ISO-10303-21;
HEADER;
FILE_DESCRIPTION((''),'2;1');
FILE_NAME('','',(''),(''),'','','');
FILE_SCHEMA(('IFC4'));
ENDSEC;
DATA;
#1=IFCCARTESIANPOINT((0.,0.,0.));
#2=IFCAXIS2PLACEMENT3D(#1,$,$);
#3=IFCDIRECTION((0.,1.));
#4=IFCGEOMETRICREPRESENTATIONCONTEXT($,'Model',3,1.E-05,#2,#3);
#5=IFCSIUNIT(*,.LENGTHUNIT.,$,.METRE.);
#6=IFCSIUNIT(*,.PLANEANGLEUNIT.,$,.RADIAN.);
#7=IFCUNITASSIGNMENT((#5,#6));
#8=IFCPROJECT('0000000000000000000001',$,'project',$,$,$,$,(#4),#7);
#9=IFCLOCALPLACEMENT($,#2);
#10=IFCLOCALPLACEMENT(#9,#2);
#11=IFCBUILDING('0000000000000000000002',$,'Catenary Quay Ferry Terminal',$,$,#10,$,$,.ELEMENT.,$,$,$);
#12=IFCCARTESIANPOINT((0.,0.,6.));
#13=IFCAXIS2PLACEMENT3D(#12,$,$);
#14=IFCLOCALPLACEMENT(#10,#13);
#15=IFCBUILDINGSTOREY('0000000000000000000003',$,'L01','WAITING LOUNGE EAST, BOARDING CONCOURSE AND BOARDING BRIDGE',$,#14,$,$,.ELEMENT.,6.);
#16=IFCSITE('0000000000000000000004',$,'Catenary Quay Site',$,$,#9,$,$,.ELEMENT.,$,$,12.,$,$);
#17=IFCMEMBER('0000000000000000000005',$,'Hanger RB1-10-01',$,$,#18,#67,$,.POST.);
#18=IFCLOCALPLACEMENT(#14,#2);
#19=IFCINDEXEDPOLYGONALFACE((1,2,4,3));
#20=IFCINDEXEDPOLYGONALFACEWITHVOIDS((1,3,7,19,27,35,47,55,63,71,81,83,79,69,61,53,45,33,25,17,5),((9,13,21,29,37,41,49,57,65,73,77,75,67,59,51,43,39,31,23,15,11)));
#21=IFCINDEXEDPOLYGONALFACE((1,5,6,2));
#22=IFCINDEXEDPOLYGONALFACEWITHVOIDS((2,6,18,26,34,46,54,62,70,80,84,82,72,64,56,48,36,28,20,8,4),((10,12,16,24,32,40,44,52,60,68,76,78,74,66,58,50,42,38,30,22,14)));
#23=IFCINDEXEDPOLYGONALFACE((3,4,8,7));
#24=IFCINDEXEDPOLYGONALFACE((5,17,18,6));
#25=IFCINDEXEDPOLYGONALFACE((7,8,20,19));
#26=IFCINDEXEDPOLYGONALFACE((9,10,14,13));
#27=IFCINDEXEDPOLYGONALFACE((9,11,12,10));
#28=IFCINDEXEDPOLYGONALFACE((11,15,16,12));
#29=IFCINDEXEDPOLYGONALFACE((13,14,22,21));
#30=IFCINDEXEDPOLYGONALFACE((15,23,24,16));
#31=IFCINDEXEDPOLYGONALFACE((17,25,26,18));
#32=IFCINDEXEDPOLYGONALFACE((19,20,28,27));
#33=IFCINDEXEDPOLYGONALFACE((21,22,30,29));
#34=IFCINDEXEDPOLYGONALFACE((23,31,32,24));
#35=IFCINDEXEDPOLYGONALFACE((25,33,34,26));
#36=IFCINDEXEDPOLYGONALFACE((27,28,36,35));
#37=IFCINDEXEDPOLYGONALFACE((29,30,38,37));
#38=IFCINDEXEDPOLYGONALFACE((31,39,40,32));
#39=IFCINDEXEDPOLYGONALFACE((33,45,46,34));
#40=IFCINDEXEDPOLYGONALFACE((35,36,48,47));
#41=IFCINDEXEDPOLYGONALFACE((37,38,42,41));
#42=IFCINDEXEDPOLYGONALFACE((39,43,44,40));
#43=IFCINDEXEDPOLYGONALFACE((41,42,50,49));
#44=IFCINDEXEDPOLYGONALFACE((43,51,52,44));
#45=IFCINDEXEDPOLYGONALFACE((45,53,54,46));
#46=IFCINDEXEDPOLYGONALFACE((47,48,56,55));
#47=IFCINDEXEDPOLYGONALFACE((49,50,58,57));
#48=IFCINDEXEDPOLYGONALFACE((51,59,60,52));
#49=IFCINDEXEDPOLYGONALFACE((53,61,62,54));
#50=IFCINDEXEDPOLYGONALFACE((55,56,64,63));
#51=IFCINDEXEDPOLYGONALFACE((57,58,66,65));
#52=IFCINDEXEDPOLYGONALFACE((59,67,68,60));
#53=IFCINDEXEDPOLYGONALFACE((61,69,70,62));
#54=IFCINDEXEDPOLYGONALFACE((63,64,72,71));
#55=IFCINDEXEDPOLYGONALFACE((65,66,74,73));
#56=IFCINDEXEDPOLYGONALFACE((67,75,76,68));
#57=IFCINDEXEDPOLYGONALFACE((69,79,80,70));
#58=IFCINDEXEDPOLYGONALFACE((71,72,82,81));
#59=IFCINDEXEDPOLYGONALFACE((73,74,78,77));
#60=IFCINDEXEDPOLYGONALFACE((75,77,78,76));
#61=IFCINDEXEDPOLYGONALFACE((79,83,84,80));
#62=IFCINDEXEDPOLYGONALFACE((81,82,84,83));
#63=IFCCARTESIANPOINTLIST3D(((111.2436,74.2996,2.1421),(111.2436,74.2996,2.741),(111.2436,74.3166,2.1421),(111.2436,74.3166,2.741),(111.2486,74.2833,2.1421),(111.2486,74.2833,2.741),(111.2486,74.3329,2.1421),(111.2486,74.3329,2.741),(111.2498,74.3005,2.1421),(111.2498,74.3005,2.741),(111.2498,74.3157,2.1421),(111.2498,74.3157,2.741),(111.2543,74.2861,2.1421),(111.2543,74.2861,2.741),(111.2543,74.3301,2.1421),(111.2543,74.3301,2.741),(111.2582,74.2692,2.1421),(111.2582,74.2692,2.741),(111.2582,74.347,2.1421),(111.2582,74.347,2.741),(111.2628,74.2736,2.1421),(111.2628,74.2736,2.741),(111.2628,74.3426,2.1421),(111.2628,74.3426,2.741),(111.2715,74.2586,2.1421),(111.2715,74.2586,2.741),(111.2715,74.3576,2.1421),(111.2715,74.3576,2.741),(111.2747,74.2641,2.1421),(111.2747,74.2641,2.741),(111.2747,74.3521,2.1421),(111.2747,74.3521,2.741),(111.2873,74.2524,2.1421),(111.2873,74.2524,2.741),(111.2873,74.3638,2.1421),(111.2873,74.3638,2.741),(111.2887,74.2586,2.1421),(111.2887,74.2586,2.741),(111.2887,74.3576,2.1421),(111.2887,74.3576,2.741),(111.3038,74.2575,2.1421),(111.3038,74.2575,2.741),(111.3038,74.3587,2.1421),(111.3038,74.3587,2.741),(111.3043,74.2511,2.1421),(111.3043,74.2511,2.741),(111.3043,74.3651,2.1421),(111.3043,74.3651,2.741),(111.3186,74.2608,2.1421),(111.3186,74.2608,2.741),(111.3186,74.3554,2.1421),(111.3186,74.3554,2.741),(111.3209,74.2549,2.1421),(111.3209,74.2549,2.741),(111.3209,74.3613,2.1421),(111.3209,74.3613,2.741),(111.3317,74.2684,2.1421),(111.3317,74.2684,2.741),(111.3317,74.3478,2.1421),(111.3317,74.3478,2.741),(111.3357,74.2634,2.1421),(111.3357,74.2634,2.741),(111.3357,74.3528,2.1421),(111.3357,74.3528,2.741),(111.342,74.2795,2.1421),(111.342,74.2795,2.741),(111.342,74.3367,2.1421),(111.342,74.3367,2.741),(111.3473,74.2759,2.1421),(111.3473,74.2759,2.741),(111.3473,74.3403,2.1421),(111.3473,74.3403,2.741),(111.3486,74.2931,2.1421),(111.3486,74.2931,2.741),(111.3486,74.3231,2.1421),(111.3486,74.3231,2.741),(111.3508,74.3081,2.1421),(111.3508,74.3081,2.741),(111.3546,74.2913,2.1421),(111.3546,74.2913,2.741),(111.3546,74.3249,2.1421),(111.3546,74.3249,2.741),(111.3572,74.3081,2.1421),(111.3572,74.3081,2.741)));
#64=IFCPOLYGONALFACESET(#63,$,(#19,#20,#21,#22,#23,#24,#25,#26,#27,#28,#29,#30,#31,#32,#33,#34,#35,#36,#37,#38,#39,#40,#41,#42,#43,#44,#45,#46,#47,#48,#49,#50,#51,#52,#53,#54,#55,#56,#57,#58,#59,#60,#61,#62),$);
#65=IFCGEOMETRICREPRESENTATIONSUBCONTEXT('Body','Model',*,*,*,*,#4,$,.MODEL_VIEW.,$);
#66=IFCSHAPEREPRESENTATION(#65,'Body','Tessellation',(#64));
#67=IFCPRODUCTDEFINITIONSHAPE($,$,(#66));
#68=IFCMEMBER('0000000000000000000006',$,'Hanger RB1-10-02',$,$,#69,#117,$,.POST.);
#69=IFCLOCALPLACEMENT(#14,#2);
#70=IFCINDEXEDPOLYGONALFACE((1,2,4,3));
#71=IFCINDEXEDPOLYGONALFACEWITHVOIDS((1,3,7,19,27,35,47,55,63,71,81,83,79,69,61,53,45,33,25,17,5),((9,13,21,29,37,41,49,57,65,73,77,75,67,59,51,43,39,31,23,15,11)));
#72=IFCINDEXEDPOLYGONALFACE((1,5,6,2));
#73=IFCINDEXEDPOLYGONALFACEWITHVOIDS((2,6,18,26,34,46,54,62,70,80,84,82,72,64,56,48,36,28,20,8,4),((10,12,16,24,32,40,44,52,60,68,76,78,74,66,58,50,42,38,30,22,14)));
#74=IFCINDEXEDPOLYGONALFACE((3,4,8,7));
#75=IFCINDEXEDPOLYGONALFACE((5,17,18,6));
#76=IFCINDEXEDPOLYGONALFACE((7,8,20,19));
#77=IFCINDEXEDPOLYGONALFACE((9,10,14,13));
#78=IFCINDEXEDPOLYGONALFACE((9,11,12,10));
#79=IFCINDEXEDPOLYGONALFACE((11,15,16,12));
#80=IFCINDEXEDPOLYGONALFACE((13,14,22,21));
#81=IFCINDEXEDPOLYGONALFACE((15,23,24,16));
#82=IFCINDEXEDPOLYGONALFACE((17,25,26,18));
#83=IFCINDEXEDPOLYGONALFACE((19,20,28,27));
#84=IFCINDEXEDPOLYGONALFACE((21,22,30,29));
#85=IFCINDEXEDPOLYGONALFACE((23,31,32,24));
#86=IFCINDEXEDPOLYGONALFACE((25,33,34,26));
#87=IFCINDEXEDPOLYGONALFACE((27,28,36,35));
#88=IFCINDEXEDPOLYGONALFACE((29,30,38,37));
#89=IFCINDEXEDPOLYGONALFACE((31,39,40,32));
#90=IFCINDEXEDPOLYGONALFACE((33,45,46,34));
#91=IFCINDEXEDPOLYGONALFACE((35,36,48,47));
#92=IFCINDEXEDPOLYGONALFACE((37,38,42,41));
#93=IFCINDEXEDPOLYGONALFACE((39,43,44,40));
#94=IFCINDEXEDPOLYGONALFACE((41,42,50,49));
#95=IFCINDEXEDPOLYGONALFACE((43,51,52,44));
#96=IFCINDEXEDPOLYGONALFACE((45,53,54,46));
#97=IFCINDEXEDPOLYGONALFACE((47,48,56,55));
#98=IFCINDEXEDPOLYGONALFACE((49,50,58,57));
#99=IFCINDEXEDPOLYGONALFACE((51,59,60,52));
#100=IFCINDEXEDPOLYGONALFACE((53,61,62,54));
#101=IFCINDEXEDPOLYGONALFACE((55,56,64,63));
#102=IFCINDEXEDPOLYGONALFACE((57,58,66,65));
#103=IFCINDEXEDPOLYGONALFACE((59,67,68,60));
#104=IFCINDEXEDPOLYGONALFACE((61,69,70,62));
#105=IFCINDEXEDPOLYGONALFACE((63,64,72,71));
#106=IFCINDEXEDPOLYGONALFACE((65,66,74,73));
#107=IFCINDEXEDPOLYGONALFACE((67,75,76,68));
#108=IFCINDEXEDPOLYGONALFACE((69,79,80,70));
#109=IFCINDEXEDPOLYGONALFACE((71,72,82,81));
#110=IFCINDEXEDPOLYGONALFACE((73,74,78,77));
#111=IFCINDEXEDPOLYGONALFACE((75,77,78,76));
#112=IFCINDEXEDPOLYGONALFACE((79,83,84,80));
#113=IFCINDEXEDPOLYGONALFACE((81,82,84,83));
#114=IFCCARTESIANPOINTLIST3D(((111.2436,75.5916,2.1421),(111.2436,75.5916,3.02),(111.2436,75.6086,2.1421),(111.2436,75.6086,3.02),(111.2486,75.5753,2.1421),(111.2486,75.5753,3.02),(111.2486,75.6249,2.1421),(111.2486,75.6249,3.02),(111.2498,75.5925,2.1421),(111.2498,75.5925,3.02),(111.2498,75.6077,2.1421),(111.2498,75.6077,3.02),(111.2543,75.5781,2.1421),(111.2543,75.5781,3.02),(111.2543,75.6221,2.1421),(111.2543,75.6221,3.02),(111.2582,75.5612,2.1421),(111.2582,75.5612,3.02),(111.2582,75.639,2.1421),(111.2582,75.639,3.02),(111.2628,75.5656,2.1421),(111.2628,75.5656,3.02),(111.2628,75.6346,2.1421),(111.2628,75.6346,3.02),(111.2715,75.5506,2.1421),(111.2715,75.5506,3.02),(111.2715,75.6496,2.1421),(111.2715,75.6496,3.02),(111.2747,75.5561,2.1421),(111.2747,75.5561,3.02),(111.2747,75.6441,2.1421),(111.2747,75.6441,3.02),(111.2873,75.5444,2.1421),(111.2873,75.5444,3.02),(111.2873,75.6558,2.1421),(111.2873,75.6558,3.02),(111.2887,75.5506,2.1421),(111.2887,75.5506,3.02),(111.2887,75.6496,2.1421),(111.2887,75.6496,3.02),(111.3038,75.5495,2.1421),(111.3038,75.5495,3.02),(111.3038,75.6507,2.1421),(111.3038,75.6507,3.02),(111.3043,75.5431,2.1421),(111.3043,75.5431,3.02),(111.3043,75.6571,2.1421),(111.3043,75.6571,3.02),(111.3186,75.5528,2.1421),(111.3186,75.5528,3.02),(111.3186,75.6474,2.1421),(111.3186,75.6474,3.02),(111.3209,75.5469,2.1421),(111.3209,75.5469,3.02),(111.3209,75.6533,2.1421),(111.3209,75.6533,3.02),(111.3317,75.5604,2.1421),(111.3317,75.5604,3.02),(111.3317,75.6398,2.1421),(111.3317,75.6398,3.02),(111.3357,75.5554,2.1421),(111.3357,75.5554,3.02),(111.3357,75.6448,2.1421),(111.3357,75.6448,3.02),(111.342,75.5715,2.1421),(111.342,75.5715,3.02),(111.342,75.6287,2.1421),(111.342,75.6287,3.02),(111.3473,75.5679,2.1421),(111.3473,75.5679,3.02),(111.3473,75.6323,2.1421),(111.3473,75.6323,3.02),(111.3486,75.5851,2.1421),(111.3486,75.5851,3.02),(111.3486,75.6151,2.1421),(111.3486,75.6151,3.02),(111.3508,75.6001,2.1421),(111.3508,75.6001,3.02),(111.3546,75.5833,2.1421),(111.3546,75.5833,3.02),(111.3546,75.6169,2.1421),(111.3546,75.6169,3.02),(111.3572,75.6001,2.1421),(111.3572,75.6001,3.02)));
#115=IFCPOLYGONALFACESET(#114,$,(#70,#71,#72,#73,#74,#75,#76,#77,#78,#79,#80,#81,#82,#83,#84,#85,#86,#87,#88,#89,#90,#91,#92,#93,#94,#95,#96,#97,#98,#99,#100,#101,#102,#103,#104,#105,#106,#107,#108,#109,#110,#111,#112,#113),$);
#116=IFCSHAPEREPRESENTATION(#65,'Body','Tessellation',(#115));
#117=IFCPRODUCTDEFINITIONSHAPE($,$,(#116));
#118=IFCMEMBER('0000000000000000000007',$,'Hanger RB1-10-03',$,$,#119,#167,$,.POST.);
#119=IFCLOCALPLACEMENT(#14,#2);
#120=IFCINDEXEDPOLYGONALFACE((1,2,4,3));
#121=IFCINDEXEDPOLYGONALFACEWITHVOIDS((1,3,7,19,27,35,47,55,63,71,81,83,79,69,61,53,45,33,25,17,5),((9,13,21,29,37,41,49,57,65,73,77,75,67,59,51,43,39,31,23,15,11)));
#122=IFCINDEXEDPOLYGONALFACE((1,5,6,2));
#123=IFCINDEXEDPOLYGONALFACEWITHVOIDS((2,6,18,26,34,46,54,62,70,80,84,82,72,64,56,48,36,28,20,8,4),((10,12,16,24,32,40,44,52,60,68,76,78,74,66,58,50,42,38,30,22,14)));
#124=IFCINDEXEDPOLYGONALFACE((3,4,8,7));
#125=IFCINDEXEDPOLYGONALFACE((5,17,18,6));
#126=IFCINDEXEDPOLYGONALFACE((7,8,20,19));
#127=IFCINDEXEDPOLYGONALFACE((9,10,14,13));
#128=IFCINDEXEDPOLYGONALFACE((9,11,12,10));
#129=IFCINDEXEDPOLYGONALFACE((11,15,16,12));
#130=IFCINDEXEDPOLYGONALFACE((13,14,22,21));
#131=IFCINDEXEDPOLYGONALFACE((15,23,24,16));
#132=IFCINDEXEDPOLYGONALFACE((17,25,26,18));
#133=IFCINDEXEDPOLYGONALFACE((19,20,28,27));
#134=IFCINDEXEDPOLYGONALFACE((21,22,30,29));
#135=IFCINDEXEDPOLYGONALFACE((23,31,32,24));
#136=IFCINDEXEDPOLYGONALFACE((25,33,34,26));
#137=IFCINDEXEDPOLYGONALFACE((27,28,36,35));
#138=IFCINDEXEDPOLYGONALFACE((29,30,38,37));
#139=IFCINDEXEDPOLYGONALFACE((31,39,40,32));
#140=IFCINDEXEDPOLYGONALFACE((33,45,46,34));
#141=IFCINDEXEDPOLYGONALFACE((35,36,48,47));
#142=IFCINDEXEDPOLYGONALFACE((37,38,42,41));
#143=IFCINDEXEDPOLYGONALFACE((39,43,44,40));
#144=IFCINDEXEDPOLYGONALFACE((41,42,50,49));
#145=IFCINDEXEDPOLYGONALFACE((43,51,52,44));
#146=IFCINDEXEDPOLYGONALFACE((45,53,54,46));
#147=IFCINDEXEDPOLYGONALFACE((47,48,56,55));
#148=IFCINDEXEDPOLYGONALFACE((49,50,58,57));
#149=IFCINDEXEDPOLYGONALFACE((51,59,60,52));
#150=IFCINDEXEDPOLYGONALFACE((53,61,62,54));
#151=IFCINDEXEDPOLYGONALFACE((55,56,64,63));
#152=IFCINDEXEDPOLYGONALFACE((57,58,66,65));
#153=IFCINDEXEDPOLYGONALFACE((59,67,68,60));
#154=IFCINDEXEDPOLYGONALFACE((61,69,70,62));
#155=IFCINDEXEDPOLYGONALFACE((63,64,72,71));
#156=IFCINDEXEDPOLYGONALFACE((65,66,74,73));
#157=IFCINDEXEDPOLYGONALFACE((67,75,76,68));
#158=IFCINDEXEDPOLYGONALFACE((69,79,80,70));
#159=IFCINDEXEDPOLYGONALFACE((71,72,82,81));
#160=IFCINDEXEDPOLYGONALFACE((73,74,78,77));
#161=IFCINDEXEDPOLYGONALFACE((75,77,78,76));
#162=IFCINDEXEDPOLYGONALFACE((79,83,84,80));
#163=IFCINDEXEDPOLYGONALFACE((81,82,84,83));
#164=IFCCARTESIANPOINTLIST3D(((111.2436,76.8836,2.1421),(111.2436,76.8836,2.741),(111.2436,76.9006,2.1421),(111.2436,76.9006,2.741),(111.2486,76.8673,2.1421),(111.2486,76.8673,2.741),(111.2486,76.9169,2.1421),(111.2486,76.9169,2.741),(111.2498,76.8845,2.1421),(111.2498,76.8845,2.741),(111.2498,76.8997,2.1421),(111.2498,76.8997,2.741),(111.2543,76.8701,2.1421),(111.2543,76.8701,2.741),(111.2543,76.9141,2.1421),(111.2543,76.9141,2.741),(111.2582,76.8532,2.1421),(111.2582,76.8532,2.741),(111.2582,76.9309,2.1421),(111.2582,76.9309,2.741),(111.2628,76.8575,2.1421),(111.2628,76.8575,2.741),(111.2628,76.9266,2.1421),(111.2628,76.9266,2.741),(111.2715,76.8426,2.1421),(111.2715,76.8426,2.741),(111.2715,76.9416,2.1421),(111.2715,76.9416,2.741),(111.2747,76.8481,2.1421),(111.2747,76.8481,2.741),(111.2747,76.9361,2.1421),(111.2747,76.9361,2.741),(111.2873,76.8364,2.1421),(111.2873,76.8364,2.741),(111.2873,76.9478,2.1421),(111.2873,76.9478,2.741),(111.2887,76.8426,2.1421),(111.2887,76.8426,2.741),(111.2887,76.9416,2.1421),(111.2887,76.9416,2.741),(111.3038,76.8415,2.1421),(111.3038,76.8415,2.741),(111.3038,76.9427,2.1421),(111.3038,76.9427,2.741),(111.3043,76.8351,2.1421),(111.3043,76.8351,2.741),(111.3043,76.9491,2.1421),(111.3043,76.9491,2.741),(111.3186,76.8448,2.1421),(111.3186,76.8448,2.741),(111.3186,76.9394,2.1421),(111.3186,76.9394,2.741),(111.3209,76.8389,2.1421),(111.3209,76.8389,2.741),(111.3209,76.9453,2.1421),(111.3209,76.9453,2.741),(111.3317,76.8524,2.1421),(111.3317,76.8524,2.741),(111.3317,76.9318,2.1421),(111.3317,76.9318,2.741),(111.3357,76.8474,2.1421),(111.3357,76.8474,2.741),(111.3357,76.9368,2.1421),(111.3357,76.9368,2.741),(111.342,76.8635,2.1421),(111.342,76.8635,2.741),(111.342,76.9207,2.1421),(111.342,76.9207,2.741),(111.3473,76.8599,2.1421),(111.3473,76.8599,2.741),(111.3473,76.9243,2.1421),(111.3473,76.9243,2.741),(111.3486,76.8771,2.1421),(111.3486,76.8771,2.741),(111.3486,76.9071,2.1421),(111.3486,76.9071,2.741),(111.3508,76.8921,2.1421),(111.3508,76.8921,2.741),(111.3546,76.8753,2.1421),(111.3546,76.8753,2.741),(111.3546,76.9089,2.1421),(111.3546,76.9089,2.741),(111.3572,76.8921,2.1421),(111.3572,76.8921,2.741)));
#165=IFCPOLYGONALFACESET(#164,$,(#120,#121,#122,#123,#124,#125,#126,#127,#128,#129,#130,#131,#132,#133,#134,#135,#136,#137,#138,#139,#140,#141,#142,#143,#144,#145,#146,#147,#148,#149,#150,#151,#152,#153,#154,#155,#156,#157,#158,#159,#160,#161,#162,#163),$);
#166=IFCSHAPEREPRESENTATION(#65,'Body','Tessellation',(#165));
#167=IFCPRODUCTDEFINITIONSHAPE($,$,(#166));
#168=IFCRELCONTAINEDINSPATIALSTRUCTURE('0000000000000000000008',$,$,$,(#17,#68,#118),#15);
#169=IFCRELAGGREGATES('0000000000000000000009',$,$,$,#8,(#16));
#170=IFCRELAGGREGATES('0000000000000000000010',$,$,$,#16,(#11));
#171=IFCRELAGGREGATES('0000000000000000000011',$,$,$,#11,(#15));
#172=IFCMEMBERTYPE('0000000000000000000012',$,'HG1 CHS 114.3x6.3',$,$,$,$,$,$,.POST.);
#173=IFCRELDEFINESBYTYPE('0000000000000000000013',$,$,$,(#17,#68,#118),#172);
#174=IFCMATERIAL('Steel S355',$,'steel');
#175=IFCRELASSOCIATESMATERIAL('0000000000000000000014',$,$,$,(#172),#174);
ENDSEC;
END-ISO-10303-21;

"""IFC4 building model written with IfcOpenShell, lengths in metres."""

from ifc_helpers import new_model, si_unit, direction, frame, origin, origin_2d, place, context, subcontext, project, spatial, hollow_circle, extrude, material, material_profile, profile_set, type_object, element, save


model = new_model("IFC4")

# Units and contexts
model_context = context("Model", 3, precision=1e-05, world=origin(), true_north=direction((0.0, 1.0)))
body_context = subcontext(model_context, "Body", "Model", "MODEL_VIEW")
ifc_project = project(units=[si_unit("LENGTHUNIT", "METRE"), si_unit("PLANEANGLEUNIT", "RADIAN")], contexts=[model_context])

# Site, building, storey
site_placement = place(None, origin())
site = spatial("IfcSite", under=ifc_project, at=site_placement, Name="Catenary Quay Site", CompositionType="ELEMENT", RefElevation=12.0)
building_placement = place(site_placement, origin())
building = spatial("IfcBuilding", under=site, at=building_placement, Name="Catenary Quay Ferry Terminal", CompositionType="ELEMENT")
storey_placement = place(building_placement, frame((0.0, 0.0, 6.0)))
storey = spatial("IfcBuildingStorey", under=building, at=storey_placement, Name="L01", Description="WAITING LOUNGE EAST, BOARDING CONCOURSE AND BOARDING BRIDGE", CompositionType="ELEMENT", Elevation=6.0)

# Members
ifc_material_1 = material(Name="Steel S355", Category="steel")
ifc_material_profile_1 = material_profile(ifc_material_1, hollow_circle(Radius=0.0571, WallThickness=0.0063, at=origin_2d()), Name="CHS 114.3x6.3")
ifc_profile_set_1 = profile_set([ifc_material_profile_1], Name="Steel S355")
member_type_1 = type_object("IfcMemberType", Name="HG1 CHS 114.3x6.3", PredefinedType="POST", material=ifc_profile_set_1)
member_1_placement = place(storey_placement, frame((111.3, 74.3081, 2.1421), z_axis=(0.0, 0.0, 1.0), x_axis=(1.0, 0.0, 0.0)))
element("IfcMember", 1, at=member_1_placement, inside=storey, type_object=member_type_1, Name="Hanger RB1-10-01", PredefinedType="POST", context=body_context, shape_type="SweptSolid", body=[
    extrude(hollow_circle(Radius=0.0571, WallThickness=0.0063, at=origin_2d()), origin(), (0.0, 0.0, 1.0), 0.5989),
])
member_2_placement = place(storey_placement, frame((111.3, 75.6001, 2.1421), z_axis=(0.0, 0.0, 1.0), x_axis=(1.0, 0.0, 0.0)))
element("IfcMember", 2, at=member_2_placement, inside=storey, type_object=member_type_1, Name="Hanger RB1-10-02", PredefinedType="POST", context=body_context, shape_type="SweptSolid", body=[
    extrude(hollow_circle(Radius=0.0571, WallThickness=0.0063, at=origin_2d()), origin(), (0.0, 0.0, 1.0), 0.8779),
])
for number, where, z_axis, x_axis, name in (
    (3, (111.3, 76.8921, 2.1421), (0.0, 0.0, 1.0), (1.0, 0.0, 0.0), "Hanger RB1-10-03"),
):
    element("IfcMember", number, at=place(storey_placement, frame(where, z_axis=z_axis, x_axis=x_axis)), inside=storey, type_object=member_type_1, Name=name, PredefinedType="POST", context=body_context, shape_type="SweptSolid", body=[
        extrude(hollow_circle(Radius=0.0571, WallThickness=0.0063, at=origin_2d()), origin(), (0.0, 0.0, 1.0), 0.5989),
    ])

save(model, "model.ifc")
